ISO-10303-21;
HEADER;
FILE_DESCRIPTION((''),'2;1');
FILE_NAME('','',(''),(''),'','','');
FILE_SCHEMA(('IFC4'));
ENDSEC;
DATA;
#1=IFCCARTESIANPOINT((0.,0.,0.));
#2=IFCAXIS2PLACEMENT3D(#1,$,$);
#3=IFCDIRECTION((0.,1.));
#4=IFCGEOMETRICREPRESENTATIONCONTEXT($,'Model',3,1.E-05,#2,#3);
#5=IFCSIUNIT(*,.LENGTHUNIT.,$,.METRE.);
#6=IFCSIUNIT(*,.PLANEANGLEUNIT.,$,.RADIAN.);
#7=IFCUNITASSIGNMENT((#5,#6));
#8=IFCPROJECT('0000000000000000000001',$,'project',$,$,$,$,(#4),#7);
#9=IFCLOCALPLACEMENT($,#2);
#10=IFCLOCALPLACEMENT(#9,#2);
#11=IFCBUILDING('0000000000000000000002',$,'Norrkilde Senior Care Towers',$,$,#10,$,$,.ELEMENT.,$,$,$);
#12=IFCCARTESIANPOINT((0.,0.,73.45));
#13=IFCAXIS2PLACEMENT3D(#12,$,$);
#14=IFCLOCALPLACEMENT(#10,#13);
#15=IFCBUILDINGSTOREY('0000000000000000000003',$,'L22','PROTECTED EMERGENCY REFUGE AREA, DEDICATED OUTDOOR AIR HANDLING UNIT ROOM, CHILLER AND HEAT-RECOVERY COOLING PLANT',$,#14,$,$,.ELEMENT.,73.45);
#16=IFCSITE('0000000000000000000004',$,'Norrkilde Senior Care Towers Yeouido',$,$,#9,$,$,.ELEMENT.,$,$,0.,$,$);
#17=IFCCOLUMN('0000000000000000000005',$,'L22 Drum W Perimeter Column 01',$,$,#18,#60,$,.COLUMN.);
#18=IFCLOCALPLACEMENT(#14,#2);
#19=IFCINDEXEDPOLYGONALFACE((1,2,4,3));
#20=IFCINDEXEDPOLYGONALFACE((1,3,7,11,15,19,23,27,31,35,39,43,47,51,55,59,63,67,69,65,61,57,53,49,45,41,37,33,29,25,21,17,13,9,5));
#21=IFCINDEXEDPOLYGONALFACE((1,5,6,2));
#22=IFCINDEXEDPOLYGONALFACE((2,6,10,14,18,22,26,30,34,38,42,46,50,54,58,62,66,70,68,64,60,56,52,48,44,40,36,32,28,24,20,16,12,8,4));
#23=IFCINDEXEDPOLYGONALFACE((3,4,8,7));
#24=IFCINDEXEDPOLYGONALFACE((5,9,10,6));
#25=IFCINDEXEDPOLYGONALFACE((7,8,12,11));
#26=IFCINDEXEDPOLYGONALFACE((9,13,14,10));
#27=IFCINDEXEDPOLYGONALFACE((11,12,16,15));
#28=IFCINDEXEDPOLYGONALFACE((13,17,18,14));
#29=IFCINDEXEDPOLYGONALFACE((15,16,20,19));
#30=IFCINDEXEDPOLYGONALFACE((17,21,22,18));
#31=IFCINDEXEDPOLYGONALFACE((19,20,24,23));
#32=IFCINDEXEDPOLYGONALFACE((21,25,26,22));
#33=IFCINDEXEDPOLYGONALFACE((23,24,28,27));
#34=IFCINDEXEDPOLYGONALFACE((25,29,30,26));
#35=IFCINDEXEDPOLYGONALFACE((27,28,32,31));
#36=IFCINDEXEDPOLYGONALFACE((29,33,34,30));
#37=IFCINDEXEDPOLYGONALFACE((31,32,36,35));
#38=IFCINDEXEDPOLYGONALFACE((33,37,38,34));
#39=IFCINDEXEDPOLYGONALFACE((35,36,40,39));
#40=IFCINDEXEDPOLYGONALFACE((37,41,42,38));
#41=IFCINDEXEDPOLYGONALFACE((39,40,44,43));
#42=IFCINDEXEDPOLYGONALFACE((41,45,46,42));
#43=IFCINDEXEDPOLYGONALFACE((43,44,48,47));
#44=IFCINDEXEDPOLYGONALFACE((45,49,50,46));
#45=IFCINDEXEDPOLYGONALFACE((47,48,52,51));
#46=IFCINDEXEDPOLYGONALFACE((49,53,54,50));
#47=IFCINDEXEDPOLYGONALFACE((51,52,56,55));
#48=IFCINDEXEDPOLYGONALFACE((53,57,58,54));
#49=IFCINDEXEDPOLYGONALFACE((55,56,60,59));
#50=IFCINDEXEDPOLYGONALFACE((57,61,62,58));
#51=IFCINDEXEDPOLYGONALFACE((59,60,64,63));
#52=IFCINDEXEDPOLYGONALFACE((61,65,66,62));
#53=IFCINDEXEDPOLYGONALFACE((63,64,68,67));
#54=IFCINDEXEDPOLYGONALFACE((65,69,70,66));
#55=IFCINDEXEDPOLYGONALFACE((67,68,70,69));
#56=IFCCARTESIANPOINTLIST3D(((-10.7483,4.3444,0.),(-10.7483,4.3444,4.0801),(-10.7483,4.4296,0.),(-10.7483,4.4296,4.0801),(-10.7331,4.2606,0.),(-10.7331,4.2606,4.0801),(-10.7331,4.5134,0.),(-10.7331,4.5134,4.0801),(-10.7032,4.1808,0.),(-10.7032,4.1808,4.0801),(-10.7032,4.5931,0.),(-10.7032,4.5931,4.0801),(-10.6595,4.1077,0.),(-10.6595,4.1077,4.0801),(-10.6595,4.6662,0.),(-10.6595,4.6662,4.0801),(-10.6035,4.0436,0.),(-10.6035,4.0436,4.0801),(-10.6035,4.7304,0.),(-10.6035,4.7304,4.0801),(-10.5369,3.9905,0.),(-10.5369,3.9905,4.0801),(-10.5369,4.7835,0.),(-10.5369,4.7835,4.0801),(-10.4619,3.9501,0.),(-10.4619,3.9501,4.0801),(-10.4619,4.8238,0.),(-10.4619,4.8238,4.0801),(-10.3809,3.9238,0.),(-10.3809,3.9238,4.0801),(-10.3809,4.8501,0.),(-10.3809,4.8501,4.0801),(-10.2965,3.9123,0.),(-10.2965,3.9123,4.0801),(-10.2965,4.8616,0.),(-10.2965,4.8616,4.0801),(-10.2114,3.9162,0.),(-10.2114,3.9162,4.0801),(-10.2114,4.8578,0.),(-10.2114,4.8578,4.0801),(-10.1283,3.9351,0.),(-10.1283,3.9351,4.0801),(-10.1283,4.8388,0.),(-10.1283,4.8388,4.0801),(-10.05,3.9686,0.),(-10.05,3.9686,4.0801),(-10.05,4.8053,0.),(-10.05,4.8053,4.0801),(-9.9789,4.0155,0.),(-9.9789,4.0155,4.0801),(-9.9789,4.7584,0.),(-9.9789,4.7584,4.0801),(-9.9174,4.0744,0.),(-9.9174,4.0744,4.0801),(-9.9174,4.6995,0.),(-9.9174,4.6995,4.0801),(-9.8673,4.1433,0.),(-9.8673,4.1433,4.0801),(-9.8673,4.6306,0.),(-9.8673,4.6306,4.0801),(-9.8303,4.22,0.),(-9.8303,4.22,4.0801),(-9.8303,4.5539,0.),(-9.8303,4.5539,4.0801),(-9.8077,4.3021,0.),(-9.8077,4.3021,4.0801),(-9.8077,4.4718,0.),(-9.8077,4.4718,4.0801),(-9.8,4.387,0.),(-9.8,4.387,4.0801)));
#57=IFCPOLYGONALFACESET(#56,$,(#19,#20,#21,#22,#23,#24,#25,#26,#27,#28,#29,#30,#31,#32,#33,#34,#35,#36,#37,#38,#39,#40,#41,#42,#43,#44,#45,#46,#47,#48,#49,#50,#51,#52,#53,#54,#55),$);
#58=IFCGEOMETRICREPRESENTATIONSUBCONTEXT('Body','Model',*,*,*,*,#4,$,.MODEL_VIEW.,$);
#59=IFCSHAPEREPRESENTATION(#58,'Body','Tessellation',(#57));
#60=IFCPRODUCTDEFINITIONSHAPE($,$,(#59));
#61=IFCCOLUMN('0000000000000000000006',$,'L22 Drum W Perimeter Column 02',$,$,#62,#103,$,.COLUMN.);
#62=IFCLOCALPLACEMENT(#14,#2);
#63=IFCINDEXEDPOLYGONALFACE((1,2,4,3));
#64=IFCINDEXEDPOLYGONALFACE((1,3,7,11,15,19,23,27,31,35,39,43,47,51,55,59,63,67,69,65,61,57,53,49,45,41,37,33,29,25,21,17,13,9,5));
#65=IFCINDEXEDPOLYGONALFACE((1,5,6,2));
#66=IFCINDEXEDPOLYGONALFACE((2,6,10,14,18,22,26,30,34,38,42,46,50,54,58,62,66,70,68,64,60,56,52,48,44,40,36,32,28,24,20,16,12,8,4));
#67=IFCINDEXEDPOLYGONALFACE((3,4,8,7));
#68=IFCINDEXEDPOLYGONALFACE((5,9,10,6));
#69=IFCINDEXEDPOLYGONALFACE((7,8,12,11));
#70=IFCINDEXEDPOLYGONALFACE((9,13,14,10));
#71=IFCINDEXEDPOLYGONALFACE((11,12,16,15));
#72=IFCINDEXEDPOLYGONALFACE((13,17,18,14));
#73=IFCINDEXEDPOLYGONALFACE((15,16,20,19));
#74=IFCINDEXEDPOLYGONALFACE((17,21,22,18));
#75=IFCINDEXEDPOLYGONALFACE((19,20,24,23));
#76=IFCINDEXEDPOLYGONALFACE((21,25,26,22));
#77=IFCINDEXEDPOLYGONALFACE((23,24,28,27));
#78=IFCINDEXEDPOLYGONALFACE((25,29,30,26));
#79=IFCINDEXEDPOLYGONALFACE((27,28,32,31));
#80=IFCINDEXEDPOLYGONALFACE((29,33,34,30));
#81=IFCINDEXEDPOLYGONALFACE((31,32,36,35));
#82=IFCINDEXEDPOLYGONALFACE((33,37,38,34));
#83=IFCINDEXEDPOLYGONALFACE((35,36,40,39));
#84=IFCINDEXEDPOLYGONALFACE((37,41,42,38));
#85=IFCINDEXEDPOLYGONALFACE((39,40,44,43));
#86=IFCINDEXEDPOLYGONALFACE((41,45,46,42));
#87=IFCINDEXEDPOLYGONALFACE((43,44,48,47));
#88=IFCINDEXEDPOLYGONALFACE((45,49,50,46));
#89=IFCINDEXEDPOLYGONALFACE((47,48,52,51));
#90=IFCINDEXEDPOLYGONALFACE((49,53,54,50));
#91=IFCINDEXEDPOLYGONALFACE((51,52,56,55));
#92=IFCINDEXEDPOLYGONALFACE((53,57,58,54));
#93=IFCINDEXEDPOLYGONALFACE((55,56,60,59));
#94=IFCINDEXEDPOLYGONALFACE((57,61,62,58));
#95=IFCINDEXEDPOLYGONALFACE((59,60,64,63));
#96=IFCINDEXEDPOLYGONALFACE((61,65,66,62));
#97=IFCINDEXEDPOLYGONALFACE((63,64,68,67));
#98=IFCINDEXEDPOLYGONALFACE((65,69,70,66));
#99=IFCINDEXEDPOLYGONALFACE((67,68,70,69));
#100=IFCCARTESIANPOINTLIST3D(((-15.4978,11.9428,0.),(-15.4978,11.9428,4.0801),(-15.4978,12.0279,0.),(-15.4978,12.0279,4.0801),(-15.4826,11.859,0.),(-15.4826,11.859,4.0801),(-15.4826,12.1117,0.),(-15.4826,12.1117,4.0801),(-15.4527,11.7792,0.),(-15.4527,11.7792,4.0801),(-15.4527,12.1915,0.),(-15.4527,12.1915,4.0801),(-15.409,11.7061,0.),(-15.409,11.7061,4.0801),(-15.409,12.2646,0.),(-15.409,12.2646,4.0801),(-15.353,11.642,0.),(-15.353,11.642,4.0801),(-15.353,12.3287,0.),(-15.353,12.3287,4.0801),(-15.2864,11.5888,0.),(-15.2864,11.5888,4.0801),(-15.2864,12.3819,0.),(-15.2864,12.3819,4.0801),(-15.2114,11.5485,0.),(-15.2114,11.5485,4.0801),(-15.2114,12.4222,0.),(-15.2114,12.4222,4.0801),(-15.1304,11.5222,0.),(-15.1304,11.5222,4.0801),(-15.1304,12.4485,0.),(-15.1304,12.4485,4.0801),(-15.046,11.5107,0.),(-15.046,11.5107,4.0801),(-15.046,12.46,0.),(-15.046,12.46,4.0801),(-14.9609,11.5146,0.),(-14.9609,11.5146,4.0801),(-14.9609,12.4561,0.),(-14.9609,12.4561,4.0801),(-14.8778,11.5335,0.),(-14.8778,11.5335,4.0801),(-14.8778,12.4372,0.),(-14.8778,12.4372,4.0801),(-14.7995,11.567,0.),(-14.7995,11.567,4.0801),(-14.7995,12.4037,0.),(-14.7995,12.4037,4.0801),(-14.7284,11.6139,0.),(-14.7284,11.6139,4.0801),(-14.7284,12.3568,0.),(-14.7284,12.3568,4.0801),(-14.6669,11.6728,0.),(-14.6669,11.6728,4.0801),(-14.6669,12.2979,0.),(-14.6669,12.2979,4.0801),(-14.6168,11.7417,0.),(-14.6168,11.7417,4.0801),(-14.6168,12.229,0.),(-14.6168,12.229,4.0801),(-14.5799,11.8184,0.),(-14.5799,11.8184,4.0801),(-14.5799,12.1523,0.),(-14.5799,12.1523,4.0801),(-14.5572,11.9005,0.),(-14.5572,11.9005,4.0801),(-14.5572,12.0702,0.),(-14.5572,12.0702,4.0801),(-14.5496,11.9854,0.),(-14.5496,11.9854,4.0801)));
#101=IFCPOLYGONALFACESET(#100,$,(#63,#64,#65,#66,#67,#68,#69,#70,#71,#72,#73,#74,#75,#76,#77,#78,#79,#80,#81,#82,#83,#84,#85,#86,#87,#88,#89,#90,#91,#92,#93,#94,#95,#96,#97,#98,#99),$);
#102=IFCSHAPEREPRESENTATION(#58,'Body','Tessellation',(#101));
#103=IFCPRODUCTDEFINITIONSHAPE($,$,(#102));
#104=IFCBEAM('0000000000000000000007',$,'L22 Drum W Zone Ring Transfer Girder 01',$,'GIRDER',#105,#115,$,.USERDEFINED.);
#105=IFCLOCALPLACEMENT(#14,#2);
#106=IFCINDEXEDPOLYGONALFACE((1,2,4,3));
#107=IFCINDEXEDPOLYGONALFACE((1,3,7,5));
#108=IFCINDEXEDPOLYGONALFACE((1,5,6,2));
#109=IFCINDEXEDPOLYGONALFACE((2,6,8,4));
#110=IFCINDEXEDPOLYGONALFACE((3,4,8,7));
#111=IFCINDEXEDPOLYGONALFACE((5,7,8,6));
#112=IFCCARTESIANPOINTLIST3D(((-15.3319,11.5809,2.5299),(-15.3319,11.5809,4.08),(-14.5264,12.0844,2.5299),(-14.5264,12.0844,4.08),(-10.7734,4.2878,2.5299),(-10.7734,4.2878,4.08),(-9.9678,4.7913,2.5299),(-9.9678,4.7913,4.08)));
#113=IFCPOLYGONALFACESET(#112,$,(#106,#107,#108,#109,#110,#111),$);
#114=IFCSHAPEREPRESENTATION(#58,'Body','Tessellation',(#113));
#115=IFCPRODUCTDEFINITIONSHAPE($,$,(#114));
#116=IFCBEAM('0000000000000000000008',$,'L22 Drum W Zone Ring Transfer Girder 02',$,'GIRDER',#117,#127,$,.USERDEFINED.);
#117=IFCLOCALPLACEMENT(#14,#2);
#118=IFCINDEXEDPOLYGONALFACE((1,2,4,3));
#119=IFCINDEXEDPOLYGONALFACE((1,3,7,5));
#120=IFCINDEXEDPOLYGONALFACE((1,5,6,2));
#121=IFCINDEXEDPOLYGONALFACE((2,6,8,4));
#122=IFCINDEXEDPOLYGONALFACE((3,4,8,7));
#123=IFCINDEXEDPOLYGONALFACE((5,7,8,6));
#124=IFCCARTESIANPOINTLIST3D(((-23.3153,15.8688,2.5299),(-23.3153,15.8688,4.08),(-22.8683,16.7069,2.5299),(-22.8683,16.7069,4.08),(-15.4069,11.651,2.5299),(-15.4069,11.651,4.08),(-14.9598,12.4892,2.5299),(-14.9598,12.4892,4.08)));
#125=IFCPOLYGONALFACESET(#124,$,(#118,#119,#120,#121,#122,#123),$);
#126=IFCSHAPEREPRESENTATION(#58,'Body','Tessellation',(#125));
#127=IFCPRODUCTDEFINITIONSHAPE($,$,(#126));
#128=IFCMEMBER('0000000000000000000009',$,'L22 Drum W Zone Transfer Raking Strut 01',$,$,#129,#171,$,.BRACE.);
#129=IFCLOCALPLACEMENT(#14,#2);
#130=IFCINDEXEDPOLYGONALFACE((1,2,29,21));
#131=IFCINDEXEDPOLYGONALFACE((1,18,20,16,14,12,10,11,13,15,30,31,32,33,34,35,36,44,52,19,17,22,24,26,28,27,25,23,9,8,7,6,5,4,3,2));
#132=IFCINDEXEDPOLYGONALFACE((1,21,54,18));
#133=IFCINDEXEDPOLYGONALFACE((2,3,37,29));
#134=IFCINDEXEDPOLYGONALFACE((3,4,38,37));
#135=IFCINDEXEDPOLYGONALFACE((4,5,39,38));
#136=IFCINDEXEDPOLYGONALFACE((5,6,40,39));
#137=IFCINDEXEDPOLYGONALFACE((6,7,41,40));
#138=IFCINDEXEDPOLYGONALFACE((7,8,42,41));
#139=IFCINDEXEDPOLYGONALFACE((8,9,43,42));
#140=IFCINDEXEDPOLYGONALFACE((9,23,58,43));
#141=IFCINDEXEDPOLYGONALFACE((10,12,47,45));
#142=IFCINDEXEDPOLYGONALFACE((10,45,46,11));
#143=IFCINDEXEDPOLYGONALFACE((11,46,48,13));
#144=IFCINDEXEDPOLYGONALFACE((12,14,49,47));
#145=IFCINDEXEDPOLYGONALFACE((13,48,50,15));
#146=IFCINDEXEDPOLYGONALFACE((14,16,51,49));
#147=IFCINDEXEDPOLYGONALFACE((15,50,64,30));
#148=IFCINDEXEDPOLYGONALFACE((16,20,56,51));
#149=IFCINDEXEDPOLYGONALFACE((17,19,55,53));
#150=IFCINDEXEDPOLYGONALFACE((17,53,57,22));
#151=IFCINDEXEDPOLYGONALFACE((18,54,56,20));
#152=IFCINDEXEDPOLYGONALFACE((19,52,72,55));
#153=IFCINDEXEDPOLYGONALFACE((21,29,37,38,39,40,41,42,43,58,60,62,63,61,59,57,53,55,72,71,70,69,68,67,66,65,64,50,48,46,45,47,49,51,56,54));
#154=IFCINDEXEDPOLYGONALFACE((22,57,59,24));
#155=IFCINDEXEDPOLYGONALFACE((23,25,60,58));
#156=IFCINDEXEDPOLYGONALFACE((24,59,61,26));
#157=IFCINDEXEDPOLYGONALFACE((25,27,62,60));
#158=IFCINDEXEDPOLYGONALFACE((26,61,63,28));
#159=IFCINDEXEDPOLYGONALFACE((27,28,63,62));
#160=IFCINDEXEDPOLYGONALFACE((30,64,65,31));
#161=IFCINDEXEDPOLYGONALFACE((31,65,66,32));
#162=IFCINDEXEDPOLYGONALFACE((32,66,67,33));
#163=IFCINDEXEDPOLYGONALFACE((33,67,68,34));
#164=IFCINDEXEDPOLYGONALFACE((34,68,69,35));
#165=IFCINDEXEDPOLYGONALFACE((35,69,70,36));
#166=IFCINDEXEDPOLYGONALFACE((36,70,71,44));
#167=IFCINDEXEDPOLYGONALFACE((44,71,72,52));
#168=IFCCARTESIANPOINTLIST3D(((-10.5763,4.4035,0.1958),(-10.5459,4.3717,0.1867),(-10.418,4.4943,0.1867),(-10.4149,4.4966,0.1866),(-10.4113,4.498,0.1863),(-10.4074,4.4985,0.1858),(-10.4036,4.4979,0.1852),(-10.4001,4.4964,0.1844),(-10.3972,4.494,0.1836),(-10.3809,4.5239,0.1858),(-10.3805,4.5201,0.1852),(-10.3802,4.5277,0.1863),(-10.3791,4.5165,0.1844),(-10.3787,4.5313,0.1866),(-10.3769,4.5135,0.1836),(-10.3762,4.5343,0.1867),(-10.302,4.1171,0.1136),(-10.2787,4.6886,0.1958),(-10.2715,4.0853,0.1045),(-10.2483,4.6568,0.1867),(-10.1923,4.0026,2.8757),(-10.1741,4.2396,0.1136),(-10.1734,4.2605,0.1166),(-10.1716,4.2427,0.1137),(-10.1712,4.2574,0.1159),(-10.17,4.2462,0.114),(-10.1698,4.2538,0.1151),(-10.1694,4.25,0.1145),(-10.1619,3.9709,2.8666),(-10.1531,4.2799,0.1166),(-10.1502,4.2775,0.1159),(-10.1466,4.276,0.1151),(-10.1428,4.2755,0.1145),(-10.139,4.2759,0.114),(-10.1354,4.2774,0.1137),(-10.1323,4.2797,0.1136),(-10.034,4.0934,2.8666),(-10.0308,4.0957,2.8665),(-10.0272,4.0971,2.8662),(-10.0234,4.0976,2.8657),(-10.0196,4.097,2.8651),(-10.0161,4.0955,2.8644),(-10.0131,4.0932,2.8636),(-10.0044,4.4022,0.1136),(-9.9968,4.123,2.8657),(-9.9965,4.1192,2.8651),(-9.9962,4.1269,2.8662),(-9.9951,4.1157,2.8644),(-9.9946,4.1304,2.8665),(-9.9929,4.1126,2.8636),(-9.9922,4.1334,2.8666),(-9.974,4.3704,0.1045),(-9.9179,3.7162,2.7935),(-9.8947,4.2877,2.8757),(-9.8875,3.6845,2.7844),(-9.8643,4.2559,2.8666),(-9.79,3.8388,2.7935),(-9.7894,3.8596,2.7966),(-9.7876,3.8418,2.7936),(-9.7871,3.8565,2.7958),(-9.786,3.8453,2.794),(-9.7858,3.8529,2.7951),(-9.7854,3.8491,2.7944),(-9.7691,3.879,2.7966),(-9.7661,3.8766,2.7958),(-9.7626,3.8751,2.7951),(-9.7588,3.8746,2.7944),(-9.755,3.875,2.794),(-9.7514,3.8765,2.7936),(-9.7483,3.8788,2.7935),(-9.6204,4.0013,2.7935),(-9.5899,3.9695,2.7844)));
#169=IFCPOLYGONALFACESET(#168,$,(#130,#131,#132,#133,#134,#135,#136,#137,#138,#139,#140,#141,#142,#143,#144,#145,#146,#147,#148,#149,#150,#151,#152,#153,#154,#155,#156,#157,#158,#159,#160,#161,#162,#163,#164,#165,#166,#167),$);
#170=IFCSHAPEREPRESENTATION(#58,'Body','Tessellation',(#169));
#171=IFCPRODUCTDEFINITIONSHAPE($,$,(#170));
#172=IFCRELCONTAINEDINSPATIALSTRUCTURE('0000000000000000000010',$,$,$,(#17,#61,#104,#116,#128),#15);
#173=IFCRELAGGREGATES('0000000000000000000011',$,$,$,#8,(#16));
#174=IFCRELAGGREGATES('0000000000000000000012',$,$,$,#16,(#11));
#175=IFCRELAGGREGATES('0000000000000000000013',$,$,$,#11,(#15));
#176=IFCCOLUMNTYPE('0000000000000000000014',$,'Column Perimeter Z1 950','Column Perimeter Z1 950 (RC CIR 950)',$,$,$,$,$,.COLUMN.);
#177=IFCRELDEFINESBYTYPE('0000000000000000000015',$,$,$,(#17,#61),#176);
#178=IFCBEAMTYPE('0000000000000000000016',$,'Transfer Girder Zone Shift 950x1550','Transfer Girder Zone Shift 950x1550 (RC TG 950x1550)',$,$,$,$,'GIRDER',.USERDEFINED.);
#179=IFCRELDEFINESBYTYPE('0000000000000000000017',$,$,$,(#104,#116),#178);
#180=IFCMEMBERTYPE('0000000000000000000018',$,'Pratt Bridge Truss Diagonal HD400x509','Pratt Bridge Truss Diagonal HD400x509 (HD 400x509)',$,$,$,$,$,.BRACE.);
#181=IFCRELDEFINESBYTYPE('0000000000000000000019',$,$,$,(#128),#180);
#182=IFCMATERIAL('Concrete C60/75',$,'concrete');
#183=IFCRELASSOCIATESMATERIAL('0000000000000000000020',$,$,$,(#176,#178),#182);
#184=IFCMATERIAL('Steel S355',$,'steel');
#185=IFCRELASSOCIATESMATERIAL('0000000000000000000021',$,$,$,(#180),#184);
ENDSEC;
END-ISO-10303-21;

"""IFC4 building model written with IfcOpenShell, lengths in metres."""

from ifc_helpers import new_model, si_unit, direction, frame, origin, origin_2d, place, context, subcontext, project, spatial, rectangle, circle, i_section, extrude, source, transform, mapped, material, material_profile, profile_set, type_object, type_shapes, element, save


model = new_model("IFC4")

# Units and contexts
model_context = context("Model", 3, precision=1e-05, world=origin(), true_north=direction((0.0, 1.0)))
body_context = subcontext(model_context, "Body", "Model", "MODEL_VIEW")
ifc_project = project(units=[si_unit("LENGTHUNIT", "METRE"), si_unit("PLANEANGLEUNIT", "RADIAN")], contexts=[model_context])

# Site, building, storey
site_placement = place(None, origin())
site = spatial("IfcSite", under=ifc_project, at=site_placement, Name="Norrkilde Senior Care Towers Yeouido", CompositionType="ELEMENT", RefElevation=0.0)
building_placement = place(site_placement, origin())
building = spatial("IfcBuilding", under=site, at=building_placement, Name="Norrkilde Senior Care Towers", CompositionType="ELEMENT")
storey_placement = place(building_placement, frame((0.0, 0.0, 73.45)))
storey = spatial("IfcBuildingStorey", under=building, at=storey_placement, Name="L22", Description="PROTECTED EMERGENCY REFUGE AREA, DEDICATED OUTDOOR AIR HANDLING UNIT ROOM, CHILLER AND HEAT-RECOVERY COOLING PLANT", CompositionType="ELEMENT", Elevation=73.45)

# Columns
ifc_material_1 = material(Name="Concrete C60/75", Category="concrete")
ifc_material_profile_1 = material_profile(ifc_material_1, circle(Radius=0.4751, at=origin_2d()), Name="RC CIR 950")
ifc_profile_set_1 = profile_set([ifc_material_profile_1], Name="Concrete C60/75")
column_type = type_object("IfcColumnType", Name="Column Perimeter Z1 950", Description="Column Perimeter Z1 950 (RC CIR 950)", PredefinedType="COLUMN", material=ifc_profile_set_1)
shared_shape_1 = source(origin(), body_context, "Body", "SweptSolid", [
    extrude(circle(Radius=0.4751, at=origin_2d()), origin(), (0.0, 0.0, 1.0), 4.0801),
])
type_shapes(column_type, [shared_shape_1])
for number, where, z_axis, x_axis, name in (
    (1, (-10.2751, 4.387, 0.0), (0.0, 0.0, 1.0), (1.0, 0.0, 0.0), "L22 Drum W Perimeter Column 01"),
    (2, (-15.0247, 11.9854, 0.0), (0.0, 0.0, 1.0), (1.0, 0.0, 0.0), "L22 Drum W Perimeter Column 02"),
):
    element("IfcColumn", number, at=place(storey_placement, frame(where, z_axis=z_axis, x_axis=x_axis)), inside=storey, type_object=column_type, Name=name, PredefinedType="COLUMN", context=body_context, shape_type="MappedRepresentation", body=[
        mapped(shared_shape_1, transform((0.0, 0.0, 0.0), x_axis=(1.0, 0.0, 0.0), y_axis=(0.0, 1.0, 0.0), z_axis=(0.0, 0.0, 1.0), scale=1.0)),
    ])

# Beams
ifc_material_profile_2 = material_profile(ifc_material_1, rectangle(XDim=0.95, YDim=1.55, at=origin_2d()), Name="RC TG 950x1550")
ifc_profile_set_2 = profile_set([ifc_material_profile_2], Name="Concrete C60/75")
beam_type = type_object("IfcBeamType", Name="Transfer Girder Zone Shift 950x1550", Description="Transfer Girder Zone Shift 950x1550 (RC TG 950x1550)", ElementType="GIRDER", PredefinedType="USERDEFINED", material=ifc_profile_set_2)
shared_shape_2 = source(origin(), body_context, "Body", "SweptSolid", [
    extrude(rectangle(XDim=0.95, YDim=1.55, at=origin_2d()), origin(), (0.0, 0.0, 1.0), 8.6006),
])
beam_1_placement = place(storey_placement, frame((-10.3706, 4.5396, 3.3049), z_axis=(-0.530027, 0.847981, 0.0), x_axis=(-0.847981, -0.530027, 0.0)))
element("IfcBeam", 3, at=beam_1_placement, inside=storey, type_object=beam_type, Name="L22 Drum W Zone Ring Transfer Girder 01", ObjectType="GIRDER", PredefinedType="USERDEFINED", context=body_context, shape_type="MappedRepresentation", body=[
    mapped(shared_shape_2, transform((0.0, 0.0, 0.0), x_axis=(1.0, 0.0, 0.0), y_axis=(0.0, 1.0, 0.0), z_axis=(0.0, 0.0, 1.0), scale=1.0)),
])
shared_shape_3 = source(origin(), body_context, "Body", "SweptSolid", [
    extrude(rectangle(XDim=0.95, YDim=1.55, at=origin_2d()), origin(), (0.0, 0.0, 1.0), 8.9629),
])
type_shapes(beam_type, [shared_shape_2, shared_shape_3])
beam_2_placement = place(storey_placement, frame((-15.1833, 12.0701, 3.3049), z_axis=(-0.882356, 0.470583, 0.0), x_axis=(-0.470583, -0.882356, 0.0)))
element("IfcBeam", 4, at=beam_2_placement, inside=storey, type_object=beam_type, Name="L22 Drum W Zone Ring Transfer Girder 02", ObjectType="GIRDER", PredefinedType="USERDEFINED", context=body_context, shape_type="MappedRepresentation", body=[
    mapped(shared_shape_3, transform((0.0, 0.0, 0.0), x_axis=(1.0, 0.0, 0.0), y_axis=(0.0, 1.0, 0.0), z_axis=(0.0, 0.0, 1.0), scale=1.0)),
])

# Member
ifc_material_2 = material(Name="Steel S355", Category="steel")
ifc_material_profile_3 = material_profile(ifc_material_2, i_section(OverallWidth=0.4121, OverallDepth=0.45, WebThickness=0.0281, FlangeThickness=0.0449, FilletRadius=0.0149, at=origin_2d()), Name="HD 400x509")
ifc_profile_set_3 = profile_set([ifc_material_profile_3], Name="Steel S355")
member_type_1 = type_object("IfcMemberType", Name="Pratt Bridge Truss Diagonal HD400x509", Description="Pratt Bridge Truss Diagonal HD400x509 (HD 400x509)", PredefinedType="BRACE", material=ifc_profile_set_3)
shared_shape_4 = source(origin(), body_context, "Body", "SweptSolid", [
    extrude(i_section(OverallWidth=0.4121, OverallDepth=0.45, WebThickness=0.0281, FlangeThickness=0.0449, FilletRadius=0.0149, at=origin_2d()), origin(), (0.0, 0.0, 1.0), 2.7368),
])
member_1_placement = place(storey_placement, frame((-10.2751, 4.387, 0.1501), z_axis=(0.140321, -0.146476, 0.979211), x_axis=(0.722116, 0.691772, 0.0)))
element("IfcMember", 5, at=member_1_placement, inside=storey, type_object=member_type_1, Name="L22 Drum W Zone Transfer Raking Strut 01", PredefinedType="BRACE", context=body_context, shape_type="MappedRepresentation", body=[
    mapped(shared_shape_4, transform((0.0, 0.0, 0.0), x_axis=(1.0, 0.0, 0.0), y_axis=(0.0, 1.0, 0.0), z_axis=(0.0, 0.0, 1.0), scale=1.0)),
])

save(model, "model.ifc")
